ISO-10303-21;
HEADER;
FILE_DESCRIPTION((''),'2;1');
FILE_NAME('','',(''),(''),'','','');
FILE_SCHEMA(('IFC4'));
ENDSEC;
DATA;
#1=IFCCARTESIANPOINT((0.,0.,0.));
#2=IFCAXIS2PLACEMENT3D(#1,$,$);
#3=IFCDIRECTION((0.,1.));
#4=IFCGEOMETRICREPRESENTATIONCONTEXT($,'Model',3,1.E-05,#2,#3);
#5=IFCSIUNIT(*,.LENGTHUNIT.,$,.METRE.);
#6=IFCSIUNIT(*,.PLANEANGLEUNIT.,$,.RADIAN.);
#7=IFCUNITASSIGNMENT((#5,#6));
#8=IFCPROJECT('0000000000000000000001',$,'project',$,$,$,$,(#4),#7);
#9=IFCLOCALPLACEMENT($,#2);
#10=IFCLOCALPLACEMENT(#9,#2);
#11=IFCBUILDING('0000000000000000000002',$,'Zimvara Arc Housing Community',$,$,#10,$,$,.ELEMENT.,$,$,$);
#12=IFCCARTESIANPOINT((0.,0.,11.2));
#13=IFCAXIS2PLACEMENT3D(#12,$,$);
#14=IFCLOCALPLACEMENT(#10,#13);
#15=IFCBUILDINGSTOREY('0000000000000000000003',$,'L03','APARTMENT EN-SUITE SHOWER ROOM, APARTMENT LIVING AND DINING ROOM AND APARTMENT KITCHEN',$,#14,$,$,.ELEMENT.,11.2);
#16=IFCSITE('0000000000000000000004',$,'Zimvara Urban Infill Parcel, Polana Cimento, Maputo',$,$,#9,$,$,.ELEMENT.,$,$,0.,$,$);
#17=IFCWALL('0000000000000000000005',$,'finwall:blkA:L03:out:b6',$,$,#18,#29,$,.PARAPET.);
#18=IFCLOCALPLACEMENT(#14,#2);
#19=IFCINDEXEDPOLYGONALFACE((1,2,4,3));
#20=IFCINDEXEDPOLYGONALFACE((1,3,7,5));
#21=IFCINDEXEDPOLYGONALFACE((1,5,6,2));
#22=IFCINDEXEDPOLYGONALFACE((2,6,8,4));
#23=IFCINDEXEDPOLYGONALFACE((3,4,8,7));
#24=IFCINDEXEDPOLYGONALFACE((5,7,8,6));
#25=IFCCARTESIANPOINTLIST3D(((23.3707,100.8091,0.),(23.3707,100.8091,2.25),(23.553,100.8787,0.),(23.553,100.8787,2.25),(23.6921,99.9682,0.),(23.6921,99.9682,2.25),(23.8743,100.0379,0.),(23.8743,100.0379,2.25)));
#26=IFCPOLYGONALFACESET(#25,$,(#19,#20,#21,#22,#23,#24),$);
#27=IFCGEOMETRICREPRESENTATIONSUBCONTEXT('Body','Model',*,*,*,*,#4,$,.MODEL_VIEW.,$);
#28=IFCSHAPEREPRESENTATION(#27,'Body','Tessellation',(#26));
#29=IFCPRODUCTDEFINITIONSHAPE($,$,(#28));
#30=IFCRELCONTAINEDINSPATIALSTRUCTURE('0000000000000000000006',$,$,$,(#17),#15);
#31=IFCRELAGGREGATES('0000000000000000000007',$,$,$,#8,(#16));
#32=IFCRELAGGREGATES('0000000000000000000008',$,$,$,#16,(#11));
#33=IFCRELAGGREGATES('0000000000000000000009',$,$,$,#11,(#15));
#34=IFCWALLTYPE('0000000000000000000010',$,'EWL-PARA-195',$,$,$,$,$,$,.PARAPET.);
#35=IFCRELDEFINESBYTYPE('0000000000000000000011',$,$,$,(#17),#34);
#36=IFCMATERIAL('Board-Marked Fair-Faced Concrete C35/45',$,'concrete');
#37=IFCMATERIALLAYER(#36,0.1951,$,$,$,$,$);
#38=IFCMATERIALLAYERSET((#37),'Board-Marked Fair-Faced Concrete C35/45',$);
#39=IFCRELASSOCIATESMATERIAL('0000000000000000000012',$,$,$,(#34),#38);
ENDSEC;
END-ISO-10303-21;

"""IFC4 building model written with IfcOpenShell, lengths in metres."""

from ifc_helpers import new_model, si_unit, direction, frame, frame_2d, origin, place, context, subcontext, project, spatial, rectangle, extrude, material, layer, layer_set, type_object, element, save


model = new_model("IFC4")

# Units and contexts
model_context = context("Model", 3, precision=1e-05, world=origin(), true_north=direction((0.0, 1.0)))
body_context = subcontext(model_context, "Body", "Model", "MODEL_VIEW")
ifc_project = project(units=[si_unit("LENGTHUNIT", "METRE"), si_unit("PLANEANGLEUNIT", "RADIAN")], contexts=[model_context])

# Site, building, storey
site_placement = place(None, origin())
site = spatial("IfcSite", under=ifc_project, at=site_placement, Name="Zimvara Urban Infill Parcel, Polana Cimento, Maputo", CompositionType="ELEMENT", RefElevation=0.0)
building_placement = place(site_placement, origin())
building = spatial("IfcBuilding", under=site, at=building_placement, Name="Zimvara Arc Housing Community", CompositionType="ELEMENT")
storey_placement = place(building_placement, frame((0.0, 0.0, 11.2)))
storey = spatial("IfcBuildingStorey", under=building, at=storey_placement, Name="L03", Description="APARTMENT EN-SUITE SHOWER ROOM, APARTMENT LIVING AND DINING ROOM AND APARTMENT KITCHEN", CompositionType="ELEMENT", Elevation=11.2)

# Wall
ifc_material_1 = material(Name="Board-Marked Fair-Faced Concrete C35/45", Category="concrete")
ifc_layer_1 = layer(ifc_material_1, 0.1951)
ifc_layer_set_1 = layer_set([ifc_layer_1], Name="Board-Marked Fair-Faced Concrete C35/45")
wall_type = type_object("IfcWallType", Name="EWL-PARA-195", PredefinedType="PARAPET", material=ifc_layer_set_1)
wall_placement = place(storey_placement, frame((23.7832, 100.0029, 0.0), z_axis=(0.0, 0.0, 1.0), x_axis=(-0.356943, 0.934126, 0.0)))
element("IfcWall", 1, at=wall_placement, inside=storey, type_object=wall_type, Name="finwall:blkA:L03:out:b6", PredefinedType="PARAPET", context=body_context, shape_type="SweptSolid", body=[
    extrude(rectangle(XDim=0.9001, YDim=0.1951, at=frame_2d((0.4502, 0.0))), origin(), (0.0, 0.0, 1.0), 2.25),
])

save(model, "model.ifc")
